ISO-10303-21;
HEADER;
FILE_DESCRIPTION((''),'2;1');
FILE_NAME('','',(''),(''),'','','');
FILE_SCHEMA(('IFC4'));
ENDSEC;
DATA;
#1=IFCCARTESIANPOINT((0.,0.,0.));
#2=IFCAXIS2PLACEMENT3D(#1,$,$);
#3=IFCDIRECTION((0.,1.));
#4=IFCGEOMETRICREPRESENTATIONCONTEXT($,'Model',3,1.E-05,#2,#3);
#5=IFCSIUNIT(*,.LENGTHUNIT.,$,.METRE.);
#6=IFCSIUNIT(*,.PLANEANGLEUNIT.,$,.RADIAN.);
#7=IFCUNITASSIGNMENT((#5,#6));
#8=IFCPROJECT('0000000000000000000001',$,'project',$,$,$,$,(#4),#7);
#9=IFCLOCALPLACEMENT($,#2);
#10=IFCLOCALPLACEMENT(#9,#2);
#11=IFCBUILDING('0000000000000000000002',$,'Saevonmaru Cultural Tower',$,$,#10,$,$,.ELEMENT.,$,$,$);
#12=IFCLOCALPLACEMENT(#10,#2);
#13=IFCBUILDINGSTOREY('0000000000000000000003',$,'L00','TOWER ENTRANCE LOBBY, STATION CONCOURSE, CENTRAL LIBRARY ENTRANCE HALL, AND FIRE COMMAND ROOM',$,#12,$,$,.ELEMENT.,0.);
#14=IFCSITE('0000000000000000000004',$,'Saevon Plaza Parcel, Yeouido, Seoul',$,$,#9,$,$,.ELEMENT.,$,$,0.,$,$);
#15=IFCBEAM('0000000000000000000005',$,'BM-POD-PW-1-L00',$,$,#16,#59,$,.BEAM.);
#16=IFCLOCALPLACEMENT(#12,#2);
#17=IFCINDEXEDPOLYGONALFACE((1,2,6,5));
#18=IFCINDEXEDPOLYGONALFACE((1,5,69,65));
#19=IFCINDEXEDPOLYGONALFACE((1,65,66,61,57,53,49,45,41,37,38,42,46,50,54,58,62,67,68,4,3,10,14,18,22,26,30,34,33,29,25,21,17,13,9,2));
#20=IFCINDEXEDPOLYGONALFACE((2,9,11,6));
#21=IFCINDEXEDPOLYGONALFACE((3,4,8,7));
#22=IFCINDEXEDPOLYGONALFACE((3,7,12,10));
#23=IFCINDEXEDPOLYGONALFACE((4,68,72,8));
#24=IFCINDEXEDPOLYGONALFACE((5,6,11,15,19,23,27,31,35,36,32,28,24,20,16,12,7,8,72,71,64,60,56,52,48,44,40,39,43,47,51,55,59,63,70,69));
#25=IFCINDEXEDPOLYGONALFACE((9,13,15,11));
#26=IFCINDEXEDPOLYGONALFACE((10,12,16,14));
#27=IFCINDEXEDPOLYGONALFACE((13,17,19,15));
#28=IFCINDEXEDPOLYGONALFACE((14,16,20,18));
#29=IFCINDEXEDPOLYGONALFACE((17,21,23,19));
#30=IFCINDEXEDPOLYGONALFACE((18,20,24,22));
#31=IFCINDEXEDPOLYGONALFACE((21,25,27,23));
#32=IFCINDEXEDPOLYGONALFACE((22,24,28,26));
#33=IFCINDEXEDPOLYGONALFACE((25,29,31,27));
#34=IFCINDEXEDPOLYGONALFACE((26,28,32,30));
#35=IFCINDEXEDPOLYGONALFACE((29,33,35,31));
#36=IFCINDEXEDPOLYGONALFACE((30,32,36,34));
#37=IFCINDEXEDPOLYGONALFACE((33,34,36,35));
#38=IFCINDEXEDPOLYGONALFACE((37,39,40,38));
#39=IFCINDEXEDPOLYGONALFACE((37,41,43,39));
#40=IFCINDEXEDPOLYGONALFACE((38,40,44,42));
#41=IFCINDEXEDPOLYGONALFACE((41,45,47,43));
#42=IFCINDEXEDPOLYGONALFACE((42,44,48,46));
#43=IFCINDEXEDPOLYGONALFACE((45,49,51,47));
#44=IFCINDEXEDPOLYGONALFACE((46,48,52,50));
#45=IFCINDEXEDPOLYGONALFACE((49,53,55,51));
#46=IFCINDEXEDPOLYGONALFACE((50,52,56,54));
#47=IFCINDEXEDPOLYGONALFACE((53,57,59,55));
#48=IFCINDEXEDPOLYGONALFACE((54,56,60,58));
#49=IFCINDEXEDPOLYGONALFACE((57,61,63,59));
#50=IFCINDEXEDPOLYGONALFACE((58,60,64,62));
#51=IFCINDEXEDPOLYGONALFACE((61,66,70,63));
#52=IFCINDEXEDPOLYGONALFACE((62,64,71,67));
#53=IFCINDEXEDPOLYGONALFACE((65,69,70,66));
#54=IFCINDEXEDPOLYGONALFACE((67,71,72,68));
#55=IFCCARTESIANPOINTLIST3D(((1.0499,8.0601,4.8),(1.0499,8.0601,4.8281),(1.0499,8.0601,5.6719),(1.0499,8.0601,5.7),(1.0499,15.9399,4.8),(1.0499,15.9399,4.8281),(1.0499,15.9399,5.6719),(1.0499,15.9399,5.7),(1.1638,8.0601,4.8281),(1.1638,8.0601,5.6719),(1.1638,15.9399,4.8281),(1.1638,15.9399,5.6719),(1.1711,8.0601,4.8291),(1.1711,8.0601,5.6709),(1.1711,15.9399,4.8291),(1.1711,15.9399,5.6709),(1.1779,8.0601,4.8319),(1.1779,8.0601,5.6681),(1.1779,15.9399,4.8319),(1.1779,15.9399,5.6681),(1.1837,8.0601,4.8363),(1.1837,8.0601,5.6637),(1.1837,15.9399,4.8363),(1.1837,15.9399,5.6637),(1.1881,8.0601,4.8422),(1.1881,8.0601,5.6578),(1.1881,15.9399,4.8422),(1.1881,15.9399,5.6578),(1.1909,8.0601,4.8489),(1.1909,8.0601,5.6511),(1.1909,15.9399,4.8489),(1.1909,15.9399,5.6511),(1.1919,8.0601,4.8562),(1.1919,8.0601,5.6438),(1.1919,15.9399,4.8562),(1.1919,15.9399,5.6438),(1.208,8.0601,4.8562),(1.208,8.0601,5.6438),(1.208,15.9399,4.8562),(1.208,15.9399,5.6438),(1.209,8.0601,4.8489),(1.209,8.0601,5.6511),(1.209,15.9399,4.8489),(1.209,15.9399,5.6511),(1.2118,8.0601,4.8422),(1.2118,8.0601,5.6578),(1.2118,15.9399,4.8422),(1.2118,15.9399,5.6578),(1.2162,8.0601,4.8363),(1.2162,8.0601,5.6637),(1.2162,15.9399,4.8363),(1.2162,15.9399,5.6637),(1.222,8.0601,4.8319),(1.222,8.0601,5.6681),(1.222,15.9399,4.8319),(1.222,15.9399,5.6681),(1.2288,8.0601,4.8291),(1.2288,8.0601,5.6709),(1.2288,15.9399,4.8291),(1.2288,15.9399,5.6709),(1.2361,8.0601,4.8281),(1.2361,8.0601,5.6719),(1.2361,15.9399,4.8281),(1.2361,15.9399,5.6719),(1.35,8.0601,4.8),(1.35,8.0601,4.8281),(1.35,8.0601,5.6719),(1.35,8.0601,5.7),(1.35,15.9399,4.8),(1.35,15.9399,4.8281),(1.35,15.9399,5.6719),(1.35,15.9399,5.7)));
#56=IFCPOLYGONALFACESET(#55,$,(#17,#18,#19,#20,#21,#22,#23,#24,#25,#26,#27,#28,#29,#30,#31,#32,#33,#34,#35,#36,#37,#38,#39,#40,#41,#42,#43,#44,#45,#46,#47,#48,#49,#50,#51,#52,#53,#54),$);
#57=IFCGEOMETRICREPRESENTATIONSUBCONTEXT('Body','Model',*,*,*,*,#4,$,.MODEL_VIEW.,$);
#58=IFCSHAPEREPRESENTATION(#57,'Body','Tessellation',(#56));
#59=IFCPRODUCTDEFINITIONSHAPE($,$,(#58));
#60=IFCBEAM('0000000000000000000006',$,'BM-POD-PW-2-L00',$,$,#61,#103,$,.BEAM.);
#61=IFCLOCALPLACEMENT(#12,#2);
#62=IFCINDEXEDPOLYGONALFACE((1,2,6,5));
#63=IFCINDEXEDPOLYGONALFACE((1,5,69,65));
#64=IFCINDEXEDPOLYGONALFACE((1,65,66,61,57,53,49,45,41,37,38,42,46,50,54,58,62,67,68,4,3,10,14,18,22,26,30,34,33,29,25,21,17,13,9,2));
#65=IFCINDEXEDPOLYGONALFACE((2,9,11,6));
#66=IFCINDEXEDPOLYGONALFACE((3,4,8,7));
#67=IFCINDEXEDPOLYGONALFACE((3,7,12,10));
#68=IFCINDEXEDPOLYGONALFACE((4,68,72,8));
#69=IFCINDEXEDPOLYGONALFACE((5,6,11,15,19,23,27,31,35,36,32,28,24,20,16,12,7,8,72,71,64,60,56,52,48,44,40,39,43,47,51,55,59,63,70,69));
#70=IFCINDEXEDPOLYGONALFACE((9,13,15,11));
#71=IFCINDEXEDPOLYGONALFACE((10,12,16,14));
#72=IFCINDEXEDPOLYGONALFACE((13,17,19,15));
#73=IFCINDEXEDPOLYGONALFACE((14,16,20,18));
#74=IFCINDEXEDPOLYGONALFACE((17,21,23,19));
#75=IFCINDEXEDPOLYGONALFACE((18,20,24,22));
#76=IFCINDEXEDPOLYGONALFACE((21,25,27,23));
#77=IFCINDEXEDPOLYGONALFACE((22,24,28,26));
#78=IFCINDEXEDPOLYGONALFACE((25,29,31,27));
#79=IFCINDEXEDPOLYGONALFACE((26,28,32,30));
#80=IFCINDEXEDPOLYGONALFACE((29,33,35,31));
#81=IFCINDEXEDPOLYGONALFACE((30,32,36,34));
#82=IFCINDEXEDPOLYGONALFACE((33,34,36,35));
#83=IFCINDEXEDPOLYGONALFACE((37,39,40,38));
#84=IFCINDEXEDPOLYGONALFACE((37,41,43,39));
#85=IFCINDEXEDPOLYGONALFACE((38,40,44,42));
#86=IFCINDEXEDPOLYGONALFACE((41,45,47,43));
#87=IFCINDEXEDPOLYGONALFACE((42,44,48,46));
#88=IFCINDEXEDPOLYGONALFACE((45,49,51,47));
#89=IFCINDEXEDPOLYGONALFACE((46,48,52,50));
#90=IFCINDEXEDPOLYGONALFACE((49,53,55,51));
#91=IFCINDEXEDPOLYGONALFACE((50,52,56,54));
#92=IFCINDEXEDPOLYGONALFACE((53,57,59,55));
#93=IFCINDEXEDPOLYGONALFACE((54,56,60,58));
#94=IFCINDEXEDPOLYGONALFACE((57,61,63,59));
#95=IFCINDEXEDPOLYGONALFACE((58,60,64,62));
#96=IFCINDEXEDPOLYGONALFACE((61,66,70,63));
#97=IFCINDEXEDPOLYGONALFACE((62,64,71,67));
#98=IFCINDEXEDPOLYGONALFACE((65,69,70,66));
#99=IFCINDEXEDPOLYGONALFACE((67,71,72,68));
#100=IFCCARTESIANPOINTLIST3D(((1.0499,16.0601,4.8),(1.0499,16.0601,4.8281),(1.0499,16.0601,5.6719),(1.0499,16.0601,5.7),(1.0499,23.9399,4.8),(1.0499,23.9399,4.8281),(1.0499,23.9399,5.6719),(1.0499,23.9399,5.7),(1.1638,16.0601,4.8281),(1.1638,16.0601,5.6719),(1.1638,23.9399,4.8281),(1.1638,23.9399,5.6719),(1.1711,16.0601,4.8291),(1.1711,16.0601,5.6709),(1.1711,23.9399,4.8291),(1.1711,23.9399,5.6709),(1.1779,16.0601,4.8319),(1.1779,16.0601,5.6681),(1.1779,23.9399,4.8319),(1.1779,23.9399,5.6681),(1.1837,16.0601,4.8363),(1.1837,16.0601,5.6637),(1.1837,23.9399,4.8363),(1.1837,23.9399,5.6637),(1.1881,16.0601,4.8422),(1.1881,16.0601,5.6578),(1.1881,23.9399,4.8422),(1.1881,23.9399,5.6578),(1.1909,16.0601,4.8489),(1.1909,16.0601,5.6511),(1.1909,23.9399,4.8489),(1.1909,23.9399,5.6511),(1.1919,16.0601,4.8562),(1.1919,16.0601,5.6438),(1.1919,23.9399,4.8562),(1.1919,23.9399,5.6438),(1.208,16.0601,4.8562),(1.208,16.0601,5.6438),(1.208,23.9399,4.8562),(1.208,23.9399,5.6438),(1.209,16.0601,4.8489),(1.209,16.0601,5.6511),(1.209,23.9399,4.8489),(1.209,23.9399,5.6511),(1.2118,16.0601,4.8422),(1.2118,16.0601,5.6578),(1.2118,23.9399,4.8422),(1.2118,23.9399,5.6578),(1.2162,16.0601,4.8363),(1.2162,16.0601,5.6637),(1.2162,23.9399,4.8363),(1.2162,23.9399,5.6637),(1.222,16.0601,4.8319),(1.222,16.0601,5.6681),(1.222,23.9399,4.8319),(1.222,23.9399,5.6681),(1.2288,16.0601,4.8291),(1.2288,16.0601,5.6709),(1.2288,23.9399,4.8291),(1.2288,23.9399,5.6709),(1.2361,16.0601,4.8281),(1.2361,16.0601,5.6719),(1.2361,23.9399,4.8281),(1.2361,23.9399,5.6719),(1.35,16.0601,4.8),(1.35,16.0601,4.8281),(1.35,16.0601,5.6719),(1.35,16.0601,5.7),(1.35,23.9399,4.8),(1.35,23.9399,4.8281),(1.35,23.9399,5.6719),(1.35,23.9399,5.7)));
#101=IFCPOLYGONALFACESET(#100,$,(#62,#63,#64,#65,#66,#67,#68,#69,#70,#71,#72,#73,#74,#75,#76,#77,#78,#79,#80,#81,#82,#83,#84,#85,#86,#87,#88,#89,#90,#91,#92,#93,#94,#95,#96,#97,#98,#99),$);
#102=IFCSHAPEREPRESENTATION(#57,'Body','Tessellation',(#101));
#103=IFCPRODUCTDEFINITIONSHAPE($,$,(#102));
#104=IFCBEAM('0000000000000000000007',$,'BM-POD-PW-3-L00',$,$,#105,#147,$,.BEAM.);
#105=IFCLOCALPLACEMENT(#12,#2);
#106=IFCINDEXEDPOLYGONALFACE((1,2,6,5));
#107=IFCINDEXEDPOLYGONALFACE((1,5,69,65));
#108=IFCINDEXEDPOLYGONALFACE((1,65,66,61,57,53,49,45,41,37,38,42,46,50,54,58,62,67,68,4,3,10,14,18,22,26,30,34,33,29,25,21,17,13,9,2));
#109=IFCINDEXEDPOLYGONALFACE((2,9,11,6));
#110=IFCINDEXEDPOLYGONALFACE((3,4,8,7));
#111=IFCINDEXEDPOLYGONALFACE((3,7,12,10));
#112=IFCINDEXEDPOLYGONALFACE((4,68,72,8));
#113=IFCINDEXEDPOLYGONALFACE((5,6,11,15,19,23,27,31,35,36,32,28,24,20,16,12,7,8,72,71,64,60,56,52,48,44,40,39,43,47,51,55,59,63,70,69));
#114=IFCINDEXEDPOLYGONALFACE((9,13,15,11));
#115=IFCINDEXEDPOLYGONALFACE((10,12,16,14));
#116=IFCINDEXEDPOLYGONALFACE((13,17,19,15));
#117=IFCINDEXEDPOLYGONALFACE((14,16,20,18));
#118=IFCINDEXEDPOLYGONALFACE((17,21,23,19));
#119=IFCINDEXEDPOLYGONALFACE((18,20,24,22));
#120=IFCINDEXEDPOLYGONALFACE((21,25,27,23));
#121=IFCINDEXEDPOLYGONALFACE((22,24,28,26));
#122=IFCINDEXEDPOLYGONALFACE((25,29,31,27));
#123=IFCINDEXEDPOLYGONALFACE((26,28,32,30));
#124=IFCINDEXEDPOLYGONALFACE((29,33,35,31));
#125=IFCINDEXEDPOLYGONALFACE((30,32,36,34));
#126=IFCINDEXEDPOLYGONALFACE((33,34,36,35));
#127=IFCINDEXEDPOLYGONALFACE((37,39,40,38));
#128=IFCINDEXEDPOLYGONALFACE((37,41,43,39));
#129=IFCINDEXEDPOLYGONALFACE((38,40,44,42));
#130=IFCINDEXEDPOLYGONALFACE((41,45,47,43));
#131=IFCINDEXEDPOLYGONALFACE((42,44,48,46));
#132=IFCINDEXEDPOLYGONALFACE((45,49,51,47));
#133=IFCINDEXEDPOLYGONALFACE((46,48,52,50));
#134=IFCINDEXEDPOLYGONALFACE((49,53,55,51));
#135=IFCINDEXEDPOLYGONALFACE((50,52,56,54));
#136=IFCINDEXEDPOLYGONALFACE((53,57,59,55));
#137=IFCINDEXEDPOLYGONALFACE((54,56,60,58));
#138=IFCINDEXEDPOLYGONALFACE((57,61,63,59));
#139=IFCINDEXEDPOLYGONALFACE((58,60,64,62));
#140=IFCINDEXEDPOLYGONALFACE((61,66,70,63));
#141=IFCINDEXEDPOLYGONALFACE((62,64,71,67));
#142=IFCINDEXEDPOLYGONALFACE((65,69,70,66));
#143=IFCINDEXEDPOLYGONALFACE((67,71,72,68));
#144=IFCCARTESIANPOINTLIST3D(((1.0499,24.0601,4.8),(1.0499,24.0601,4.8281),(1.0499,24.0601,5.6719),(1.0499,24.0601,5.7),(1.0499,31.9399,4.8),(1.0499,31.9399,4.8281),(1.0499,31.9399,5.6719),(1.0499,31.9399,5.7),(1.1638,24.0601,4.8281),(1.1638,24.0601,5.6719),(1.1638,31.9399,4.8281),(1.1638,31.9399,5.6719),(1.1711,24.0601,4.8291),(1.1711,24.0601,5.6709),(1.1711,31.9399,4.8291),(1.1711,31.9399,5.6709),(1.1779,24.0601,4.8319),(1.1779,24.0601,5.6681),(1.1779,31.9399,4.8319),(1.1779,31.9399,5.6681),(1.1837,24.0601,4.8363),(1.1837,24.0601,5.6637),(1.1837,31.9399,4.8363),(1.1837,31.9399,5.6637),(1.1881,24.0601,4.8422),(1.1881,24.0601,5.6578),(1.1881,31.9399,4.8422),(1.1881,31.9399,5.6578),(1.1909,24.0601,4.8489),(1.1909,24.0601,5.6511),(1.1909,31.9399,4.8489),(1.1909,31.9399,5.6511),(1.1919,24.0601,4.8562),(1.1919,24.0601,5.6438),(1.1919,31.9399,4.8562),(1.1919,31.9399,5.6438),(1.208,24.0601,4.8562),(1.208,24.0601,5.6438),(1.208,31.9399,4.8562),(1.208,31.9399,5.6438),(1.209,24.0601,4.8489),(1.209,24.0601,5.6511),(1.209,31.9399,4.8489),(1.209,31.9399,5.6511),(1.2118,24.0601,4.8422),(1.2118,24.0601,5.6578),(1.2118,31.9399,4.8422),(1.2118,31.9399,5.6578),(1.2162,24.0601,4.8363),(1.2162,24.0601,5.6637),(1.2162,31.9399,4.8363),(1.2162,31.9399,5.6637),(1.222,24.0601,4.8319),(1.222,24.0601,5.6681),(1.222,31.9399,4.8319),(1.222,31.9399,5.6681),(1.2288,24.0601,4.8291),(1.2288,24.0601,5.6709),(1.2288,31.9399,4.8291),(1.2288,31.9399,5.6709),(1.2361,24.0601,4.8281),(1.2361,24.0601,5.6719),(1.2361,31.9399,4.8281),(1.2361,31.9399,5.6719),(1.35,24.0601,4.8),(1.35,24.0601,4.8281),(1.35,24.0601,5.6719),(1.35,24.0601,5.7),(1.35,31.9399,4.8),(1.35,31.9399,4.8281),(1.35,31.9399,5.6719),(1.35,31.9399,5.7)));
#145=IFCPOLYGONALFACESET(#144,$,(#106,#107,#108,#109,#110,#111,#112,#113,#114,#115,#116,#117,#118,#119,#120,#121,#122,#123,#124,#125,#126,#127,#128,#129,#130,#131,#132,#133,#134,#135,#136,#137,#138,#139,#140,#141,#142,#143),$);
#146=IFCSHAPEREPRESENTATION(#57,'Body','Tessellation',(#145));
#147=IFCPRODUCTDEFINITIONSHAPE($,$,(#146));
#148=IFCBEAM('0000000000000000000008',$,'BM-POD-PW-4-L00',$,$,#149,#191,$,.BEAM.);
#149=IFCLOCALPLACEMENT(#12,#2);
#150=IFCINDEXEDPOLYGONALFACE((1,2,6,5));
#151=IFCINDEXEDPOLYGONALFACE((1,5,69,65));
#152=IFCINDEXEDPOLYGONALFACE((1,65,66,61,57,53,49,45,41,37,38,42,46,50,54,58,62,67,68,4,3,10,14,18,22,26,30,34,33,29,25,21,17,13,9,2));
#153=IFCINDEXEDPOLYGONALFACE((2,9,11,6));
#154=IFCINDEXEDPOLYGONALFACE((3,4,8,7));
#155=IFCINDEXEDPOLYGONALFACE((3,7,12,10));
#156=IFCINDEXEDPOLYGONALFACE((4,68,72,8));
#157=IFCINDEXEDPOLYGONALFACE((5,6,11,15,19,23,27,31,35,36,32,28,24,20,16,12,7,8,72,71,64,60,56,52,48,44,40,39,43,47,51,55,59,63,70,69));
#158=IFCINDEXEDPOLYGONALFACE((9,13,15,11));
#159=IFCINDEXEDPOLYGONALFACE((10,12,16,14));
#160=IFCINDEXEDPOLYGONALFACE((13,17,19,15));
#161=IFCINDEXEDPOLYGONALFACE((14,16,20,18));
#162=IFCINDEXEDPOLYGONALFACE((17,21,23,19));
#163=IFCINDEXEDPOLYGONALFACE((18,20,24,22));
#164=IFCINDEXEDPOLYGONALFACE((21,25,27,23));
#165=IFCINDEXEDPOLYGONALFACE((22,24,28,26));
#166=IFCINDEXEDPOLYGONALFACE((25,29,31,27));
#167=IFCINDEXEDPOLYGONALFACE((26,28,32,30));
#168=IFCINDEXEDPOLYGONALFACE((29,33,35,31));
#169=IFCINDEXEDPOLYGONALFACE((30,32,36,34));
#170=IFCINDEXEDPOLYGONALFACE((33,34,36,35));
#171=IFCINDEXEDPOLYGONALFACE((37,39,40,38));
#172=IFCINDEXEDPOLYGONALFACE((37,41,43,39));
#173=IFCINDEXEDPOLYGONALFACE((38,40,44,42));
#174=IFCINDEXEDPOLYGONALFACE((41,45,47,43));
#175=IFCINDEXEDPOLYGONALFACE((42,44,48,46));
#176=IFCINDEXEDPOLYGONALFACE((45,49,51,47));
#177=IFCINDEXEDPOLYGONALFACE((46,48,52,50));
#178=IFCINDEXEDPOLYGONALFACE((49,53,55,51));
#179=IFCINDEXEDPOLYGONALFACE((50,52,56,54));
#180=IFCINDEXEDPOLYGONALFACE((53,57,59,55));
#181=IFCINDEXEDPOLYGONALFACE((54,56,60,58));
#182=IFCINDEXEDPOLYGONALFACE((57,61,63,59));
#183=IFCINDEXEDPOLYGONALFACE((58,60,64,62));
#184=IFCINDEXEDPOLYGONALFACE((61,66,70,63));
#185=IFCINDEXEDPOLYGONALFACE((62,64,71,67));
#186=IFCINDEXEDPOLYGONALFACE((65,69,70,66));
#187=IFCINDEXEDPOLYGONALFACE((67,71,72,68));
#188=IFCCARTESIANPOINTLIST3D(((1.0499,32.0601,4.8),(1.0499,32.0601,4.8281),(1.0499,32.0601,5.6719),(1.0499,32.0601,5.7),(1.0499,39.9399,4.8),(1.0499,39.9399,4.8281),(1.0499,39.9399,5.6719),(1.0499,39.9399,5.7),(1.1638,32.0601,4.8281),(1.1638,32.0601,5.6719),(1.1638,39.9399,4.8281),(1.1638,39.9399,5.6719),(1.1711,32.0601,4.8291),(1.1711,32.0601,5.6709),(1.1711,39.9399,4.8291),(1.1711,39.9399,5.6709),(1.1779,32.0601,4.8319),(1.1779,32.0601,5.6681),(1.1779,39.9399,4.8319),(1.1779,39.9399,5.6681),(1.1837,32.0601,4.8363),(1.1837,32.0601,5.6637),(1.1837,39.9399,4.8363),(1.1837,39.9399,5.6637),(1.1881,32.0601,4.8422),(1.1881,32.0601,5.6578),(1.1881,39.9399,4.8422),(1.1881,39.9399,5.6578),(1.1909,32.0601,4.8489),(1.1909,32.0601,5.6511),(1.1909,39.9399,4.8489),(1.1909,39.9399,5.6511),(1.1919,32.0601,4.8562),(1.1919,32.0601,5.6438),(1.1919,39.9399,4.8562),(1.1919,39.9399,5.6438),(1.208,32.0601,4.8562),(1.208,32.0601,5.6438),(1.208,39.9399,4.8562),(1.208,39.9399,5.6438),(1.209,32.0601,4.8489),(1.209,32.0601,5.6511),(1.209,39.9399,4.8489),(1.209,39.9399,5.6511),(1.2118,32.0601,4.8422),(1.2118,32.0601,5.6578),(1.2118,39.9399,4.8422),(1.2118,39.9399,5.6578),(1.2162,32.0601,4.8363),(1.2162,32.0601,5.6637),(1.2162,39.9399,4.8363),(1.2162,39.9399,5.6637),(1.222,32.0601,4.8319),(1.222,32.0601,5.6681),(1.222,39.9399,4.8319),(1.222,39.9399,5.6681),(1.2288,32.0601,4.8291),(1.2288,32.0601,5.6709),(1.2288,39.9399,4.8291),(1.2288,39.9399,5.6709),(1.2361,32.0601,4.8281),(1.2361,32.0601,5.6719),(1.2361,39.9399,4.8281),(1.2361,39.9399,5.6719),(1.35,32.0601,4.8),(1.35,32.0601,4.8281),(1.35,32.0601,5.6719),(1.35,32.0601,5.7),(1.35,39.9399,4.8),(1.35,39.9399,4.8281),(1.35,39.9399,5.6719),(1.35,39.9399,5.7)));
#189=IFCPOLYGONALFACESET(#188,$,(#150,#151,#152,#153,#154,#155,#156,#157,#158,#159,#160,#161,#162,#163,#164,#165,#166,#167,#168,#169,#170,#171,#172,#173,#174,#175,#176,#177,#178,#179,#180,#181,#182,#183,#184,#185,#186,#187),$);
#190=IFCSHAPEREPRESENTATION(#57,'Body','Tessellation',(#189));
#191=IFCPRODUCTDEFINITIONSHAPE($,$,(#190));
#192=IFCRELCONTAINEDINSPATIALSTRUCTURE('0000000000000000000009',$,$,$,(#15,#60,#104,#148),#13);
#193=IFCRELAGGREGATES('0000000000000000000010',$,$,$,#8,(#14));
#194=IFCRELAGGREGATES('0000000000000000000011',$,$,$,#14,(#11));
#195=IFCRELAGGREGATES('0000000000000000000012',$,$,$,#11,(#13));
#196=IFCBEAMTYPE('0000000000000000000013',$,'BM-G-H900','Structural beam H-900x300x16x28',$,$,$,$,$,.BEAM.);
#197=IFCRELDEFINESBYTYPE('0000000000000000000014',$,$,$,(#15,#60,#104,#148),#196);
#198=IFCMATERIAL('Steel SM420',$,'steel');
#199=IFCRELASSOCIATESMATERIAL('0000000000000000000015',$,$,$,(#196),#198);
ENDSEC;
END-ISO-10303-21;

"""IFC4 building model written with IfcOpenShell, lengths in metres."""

from ifc_helpers import new_model, si_unit, direction, frame, origin, origin_2d, place, context, subcontext, project, spatial, i_section, extrude, material, material_profile, profile_set, type_object, element, save


model = new_model("IFC4")

# Units and contexts
model_context = context("Model", 3, precision=1e-05, world=origin(), true_north=direction((0.0, 1.0)))
body_context = subcontext(model_context, "Body", "Model", "MODEL_VIEW")
ifc_project = project(units=[si_unit("LENGTHUNIT", "METRE"), si_unit("PLANEANGLEUNIT", "RADIAN")], contexts=[model_context])

# Site, building, storey
site_placement = place(None, origin())
site = spatial("IfcSite", under=ifc_project, at=site_placement, Name="Saevon Plaza Parcel, Yeouido, Seoul", CompositionType="ELEMENT", RefElevation=0.0)
building_placement = place(site_placement, origin())
building = spatial("IfcBuilding", under=site, at=building_placement, Name="Saevonmaru Cultural Tower", CompositionType="ELEMENT")
storey_placement = place(building_placement, origin())
storey = spatial("IfcBuildingStorey", under=building, at=storey_placement, Name="L00", Description="TOWER ENTRANCE LOBBY, STATION CONCOURSE, CENTRAL LIBRARY ENTRANCE HALL, AND FIRE COMMAND ROOM", CompositionType="ELEMENT", Elevation=0.0)

# Shared definitions
ifc_material_1 = material(Name="Steel SM420", Category="steel")

# Beams
ifc_material_profile_1 = material_profile(ifc_material_1, i_section(OverallWidth=0.3, OverallDepth=0.8999, WebThickness=0.0161, FlangeThickness=0.0281, FilletRadius=0.0281, at=origin_2d()), Name="H-900x300x16x28")
ifc_profile_set_1 = profile_set([ifc_material_profile_1], Name="Steel SM420")
beam_type = type_object("IfcBeamType", Name="BM-G-H900", Description="Structural beam H-900x300x16x28", PredefinedType="BEAM", material=ifc_profile_set_1)
for number, where, z_axis, x_axis, name in (
    (1, (1.2, 8.0601, 5.25), (0.0, 1.0, 0.0), (-1.0, 0.0, 0.0), "BM-POD-PW-1-L00"),
    (2, (1.2, 16.0601, 5.25), (0.0, 1.0, 0.0), (-1.0, 0.0, 0.0), "BM-POD-PW-2-L00"),
    (3, (1.2, 24.0601, 5.25), (0.0, 1.0, 0.0), (-1.0, 0.0, 0.0), "BM-POD-PW-3-L00"),
    (4, (1.2, 32.0601, 5.25), (0.0, 1.0, 0.0), (-1.0, 0.0, 0.0), "BM-POD-PW-4-L00"),
):
    element("IfcBeam", number, at=place(storey_placement, frame(where, z_axis=z_axis, x_axis=x_axis)), inside=storey, type_object=beam_type, Name=name, PredefinedType="BEAM", context=body_context, shape_type="SweptSolid", body=[
        extrude(i_section(OverallWidth=0.3, OverallDepth=0.8999, WebThickness=0.0161, FlangeThickness=0.0281, FilletRadius=0.0281, at=origin_2d()), origin(), (0.0, 0.0, 1.0), 7.8799),
    ])

save(model, "model.ifc")
